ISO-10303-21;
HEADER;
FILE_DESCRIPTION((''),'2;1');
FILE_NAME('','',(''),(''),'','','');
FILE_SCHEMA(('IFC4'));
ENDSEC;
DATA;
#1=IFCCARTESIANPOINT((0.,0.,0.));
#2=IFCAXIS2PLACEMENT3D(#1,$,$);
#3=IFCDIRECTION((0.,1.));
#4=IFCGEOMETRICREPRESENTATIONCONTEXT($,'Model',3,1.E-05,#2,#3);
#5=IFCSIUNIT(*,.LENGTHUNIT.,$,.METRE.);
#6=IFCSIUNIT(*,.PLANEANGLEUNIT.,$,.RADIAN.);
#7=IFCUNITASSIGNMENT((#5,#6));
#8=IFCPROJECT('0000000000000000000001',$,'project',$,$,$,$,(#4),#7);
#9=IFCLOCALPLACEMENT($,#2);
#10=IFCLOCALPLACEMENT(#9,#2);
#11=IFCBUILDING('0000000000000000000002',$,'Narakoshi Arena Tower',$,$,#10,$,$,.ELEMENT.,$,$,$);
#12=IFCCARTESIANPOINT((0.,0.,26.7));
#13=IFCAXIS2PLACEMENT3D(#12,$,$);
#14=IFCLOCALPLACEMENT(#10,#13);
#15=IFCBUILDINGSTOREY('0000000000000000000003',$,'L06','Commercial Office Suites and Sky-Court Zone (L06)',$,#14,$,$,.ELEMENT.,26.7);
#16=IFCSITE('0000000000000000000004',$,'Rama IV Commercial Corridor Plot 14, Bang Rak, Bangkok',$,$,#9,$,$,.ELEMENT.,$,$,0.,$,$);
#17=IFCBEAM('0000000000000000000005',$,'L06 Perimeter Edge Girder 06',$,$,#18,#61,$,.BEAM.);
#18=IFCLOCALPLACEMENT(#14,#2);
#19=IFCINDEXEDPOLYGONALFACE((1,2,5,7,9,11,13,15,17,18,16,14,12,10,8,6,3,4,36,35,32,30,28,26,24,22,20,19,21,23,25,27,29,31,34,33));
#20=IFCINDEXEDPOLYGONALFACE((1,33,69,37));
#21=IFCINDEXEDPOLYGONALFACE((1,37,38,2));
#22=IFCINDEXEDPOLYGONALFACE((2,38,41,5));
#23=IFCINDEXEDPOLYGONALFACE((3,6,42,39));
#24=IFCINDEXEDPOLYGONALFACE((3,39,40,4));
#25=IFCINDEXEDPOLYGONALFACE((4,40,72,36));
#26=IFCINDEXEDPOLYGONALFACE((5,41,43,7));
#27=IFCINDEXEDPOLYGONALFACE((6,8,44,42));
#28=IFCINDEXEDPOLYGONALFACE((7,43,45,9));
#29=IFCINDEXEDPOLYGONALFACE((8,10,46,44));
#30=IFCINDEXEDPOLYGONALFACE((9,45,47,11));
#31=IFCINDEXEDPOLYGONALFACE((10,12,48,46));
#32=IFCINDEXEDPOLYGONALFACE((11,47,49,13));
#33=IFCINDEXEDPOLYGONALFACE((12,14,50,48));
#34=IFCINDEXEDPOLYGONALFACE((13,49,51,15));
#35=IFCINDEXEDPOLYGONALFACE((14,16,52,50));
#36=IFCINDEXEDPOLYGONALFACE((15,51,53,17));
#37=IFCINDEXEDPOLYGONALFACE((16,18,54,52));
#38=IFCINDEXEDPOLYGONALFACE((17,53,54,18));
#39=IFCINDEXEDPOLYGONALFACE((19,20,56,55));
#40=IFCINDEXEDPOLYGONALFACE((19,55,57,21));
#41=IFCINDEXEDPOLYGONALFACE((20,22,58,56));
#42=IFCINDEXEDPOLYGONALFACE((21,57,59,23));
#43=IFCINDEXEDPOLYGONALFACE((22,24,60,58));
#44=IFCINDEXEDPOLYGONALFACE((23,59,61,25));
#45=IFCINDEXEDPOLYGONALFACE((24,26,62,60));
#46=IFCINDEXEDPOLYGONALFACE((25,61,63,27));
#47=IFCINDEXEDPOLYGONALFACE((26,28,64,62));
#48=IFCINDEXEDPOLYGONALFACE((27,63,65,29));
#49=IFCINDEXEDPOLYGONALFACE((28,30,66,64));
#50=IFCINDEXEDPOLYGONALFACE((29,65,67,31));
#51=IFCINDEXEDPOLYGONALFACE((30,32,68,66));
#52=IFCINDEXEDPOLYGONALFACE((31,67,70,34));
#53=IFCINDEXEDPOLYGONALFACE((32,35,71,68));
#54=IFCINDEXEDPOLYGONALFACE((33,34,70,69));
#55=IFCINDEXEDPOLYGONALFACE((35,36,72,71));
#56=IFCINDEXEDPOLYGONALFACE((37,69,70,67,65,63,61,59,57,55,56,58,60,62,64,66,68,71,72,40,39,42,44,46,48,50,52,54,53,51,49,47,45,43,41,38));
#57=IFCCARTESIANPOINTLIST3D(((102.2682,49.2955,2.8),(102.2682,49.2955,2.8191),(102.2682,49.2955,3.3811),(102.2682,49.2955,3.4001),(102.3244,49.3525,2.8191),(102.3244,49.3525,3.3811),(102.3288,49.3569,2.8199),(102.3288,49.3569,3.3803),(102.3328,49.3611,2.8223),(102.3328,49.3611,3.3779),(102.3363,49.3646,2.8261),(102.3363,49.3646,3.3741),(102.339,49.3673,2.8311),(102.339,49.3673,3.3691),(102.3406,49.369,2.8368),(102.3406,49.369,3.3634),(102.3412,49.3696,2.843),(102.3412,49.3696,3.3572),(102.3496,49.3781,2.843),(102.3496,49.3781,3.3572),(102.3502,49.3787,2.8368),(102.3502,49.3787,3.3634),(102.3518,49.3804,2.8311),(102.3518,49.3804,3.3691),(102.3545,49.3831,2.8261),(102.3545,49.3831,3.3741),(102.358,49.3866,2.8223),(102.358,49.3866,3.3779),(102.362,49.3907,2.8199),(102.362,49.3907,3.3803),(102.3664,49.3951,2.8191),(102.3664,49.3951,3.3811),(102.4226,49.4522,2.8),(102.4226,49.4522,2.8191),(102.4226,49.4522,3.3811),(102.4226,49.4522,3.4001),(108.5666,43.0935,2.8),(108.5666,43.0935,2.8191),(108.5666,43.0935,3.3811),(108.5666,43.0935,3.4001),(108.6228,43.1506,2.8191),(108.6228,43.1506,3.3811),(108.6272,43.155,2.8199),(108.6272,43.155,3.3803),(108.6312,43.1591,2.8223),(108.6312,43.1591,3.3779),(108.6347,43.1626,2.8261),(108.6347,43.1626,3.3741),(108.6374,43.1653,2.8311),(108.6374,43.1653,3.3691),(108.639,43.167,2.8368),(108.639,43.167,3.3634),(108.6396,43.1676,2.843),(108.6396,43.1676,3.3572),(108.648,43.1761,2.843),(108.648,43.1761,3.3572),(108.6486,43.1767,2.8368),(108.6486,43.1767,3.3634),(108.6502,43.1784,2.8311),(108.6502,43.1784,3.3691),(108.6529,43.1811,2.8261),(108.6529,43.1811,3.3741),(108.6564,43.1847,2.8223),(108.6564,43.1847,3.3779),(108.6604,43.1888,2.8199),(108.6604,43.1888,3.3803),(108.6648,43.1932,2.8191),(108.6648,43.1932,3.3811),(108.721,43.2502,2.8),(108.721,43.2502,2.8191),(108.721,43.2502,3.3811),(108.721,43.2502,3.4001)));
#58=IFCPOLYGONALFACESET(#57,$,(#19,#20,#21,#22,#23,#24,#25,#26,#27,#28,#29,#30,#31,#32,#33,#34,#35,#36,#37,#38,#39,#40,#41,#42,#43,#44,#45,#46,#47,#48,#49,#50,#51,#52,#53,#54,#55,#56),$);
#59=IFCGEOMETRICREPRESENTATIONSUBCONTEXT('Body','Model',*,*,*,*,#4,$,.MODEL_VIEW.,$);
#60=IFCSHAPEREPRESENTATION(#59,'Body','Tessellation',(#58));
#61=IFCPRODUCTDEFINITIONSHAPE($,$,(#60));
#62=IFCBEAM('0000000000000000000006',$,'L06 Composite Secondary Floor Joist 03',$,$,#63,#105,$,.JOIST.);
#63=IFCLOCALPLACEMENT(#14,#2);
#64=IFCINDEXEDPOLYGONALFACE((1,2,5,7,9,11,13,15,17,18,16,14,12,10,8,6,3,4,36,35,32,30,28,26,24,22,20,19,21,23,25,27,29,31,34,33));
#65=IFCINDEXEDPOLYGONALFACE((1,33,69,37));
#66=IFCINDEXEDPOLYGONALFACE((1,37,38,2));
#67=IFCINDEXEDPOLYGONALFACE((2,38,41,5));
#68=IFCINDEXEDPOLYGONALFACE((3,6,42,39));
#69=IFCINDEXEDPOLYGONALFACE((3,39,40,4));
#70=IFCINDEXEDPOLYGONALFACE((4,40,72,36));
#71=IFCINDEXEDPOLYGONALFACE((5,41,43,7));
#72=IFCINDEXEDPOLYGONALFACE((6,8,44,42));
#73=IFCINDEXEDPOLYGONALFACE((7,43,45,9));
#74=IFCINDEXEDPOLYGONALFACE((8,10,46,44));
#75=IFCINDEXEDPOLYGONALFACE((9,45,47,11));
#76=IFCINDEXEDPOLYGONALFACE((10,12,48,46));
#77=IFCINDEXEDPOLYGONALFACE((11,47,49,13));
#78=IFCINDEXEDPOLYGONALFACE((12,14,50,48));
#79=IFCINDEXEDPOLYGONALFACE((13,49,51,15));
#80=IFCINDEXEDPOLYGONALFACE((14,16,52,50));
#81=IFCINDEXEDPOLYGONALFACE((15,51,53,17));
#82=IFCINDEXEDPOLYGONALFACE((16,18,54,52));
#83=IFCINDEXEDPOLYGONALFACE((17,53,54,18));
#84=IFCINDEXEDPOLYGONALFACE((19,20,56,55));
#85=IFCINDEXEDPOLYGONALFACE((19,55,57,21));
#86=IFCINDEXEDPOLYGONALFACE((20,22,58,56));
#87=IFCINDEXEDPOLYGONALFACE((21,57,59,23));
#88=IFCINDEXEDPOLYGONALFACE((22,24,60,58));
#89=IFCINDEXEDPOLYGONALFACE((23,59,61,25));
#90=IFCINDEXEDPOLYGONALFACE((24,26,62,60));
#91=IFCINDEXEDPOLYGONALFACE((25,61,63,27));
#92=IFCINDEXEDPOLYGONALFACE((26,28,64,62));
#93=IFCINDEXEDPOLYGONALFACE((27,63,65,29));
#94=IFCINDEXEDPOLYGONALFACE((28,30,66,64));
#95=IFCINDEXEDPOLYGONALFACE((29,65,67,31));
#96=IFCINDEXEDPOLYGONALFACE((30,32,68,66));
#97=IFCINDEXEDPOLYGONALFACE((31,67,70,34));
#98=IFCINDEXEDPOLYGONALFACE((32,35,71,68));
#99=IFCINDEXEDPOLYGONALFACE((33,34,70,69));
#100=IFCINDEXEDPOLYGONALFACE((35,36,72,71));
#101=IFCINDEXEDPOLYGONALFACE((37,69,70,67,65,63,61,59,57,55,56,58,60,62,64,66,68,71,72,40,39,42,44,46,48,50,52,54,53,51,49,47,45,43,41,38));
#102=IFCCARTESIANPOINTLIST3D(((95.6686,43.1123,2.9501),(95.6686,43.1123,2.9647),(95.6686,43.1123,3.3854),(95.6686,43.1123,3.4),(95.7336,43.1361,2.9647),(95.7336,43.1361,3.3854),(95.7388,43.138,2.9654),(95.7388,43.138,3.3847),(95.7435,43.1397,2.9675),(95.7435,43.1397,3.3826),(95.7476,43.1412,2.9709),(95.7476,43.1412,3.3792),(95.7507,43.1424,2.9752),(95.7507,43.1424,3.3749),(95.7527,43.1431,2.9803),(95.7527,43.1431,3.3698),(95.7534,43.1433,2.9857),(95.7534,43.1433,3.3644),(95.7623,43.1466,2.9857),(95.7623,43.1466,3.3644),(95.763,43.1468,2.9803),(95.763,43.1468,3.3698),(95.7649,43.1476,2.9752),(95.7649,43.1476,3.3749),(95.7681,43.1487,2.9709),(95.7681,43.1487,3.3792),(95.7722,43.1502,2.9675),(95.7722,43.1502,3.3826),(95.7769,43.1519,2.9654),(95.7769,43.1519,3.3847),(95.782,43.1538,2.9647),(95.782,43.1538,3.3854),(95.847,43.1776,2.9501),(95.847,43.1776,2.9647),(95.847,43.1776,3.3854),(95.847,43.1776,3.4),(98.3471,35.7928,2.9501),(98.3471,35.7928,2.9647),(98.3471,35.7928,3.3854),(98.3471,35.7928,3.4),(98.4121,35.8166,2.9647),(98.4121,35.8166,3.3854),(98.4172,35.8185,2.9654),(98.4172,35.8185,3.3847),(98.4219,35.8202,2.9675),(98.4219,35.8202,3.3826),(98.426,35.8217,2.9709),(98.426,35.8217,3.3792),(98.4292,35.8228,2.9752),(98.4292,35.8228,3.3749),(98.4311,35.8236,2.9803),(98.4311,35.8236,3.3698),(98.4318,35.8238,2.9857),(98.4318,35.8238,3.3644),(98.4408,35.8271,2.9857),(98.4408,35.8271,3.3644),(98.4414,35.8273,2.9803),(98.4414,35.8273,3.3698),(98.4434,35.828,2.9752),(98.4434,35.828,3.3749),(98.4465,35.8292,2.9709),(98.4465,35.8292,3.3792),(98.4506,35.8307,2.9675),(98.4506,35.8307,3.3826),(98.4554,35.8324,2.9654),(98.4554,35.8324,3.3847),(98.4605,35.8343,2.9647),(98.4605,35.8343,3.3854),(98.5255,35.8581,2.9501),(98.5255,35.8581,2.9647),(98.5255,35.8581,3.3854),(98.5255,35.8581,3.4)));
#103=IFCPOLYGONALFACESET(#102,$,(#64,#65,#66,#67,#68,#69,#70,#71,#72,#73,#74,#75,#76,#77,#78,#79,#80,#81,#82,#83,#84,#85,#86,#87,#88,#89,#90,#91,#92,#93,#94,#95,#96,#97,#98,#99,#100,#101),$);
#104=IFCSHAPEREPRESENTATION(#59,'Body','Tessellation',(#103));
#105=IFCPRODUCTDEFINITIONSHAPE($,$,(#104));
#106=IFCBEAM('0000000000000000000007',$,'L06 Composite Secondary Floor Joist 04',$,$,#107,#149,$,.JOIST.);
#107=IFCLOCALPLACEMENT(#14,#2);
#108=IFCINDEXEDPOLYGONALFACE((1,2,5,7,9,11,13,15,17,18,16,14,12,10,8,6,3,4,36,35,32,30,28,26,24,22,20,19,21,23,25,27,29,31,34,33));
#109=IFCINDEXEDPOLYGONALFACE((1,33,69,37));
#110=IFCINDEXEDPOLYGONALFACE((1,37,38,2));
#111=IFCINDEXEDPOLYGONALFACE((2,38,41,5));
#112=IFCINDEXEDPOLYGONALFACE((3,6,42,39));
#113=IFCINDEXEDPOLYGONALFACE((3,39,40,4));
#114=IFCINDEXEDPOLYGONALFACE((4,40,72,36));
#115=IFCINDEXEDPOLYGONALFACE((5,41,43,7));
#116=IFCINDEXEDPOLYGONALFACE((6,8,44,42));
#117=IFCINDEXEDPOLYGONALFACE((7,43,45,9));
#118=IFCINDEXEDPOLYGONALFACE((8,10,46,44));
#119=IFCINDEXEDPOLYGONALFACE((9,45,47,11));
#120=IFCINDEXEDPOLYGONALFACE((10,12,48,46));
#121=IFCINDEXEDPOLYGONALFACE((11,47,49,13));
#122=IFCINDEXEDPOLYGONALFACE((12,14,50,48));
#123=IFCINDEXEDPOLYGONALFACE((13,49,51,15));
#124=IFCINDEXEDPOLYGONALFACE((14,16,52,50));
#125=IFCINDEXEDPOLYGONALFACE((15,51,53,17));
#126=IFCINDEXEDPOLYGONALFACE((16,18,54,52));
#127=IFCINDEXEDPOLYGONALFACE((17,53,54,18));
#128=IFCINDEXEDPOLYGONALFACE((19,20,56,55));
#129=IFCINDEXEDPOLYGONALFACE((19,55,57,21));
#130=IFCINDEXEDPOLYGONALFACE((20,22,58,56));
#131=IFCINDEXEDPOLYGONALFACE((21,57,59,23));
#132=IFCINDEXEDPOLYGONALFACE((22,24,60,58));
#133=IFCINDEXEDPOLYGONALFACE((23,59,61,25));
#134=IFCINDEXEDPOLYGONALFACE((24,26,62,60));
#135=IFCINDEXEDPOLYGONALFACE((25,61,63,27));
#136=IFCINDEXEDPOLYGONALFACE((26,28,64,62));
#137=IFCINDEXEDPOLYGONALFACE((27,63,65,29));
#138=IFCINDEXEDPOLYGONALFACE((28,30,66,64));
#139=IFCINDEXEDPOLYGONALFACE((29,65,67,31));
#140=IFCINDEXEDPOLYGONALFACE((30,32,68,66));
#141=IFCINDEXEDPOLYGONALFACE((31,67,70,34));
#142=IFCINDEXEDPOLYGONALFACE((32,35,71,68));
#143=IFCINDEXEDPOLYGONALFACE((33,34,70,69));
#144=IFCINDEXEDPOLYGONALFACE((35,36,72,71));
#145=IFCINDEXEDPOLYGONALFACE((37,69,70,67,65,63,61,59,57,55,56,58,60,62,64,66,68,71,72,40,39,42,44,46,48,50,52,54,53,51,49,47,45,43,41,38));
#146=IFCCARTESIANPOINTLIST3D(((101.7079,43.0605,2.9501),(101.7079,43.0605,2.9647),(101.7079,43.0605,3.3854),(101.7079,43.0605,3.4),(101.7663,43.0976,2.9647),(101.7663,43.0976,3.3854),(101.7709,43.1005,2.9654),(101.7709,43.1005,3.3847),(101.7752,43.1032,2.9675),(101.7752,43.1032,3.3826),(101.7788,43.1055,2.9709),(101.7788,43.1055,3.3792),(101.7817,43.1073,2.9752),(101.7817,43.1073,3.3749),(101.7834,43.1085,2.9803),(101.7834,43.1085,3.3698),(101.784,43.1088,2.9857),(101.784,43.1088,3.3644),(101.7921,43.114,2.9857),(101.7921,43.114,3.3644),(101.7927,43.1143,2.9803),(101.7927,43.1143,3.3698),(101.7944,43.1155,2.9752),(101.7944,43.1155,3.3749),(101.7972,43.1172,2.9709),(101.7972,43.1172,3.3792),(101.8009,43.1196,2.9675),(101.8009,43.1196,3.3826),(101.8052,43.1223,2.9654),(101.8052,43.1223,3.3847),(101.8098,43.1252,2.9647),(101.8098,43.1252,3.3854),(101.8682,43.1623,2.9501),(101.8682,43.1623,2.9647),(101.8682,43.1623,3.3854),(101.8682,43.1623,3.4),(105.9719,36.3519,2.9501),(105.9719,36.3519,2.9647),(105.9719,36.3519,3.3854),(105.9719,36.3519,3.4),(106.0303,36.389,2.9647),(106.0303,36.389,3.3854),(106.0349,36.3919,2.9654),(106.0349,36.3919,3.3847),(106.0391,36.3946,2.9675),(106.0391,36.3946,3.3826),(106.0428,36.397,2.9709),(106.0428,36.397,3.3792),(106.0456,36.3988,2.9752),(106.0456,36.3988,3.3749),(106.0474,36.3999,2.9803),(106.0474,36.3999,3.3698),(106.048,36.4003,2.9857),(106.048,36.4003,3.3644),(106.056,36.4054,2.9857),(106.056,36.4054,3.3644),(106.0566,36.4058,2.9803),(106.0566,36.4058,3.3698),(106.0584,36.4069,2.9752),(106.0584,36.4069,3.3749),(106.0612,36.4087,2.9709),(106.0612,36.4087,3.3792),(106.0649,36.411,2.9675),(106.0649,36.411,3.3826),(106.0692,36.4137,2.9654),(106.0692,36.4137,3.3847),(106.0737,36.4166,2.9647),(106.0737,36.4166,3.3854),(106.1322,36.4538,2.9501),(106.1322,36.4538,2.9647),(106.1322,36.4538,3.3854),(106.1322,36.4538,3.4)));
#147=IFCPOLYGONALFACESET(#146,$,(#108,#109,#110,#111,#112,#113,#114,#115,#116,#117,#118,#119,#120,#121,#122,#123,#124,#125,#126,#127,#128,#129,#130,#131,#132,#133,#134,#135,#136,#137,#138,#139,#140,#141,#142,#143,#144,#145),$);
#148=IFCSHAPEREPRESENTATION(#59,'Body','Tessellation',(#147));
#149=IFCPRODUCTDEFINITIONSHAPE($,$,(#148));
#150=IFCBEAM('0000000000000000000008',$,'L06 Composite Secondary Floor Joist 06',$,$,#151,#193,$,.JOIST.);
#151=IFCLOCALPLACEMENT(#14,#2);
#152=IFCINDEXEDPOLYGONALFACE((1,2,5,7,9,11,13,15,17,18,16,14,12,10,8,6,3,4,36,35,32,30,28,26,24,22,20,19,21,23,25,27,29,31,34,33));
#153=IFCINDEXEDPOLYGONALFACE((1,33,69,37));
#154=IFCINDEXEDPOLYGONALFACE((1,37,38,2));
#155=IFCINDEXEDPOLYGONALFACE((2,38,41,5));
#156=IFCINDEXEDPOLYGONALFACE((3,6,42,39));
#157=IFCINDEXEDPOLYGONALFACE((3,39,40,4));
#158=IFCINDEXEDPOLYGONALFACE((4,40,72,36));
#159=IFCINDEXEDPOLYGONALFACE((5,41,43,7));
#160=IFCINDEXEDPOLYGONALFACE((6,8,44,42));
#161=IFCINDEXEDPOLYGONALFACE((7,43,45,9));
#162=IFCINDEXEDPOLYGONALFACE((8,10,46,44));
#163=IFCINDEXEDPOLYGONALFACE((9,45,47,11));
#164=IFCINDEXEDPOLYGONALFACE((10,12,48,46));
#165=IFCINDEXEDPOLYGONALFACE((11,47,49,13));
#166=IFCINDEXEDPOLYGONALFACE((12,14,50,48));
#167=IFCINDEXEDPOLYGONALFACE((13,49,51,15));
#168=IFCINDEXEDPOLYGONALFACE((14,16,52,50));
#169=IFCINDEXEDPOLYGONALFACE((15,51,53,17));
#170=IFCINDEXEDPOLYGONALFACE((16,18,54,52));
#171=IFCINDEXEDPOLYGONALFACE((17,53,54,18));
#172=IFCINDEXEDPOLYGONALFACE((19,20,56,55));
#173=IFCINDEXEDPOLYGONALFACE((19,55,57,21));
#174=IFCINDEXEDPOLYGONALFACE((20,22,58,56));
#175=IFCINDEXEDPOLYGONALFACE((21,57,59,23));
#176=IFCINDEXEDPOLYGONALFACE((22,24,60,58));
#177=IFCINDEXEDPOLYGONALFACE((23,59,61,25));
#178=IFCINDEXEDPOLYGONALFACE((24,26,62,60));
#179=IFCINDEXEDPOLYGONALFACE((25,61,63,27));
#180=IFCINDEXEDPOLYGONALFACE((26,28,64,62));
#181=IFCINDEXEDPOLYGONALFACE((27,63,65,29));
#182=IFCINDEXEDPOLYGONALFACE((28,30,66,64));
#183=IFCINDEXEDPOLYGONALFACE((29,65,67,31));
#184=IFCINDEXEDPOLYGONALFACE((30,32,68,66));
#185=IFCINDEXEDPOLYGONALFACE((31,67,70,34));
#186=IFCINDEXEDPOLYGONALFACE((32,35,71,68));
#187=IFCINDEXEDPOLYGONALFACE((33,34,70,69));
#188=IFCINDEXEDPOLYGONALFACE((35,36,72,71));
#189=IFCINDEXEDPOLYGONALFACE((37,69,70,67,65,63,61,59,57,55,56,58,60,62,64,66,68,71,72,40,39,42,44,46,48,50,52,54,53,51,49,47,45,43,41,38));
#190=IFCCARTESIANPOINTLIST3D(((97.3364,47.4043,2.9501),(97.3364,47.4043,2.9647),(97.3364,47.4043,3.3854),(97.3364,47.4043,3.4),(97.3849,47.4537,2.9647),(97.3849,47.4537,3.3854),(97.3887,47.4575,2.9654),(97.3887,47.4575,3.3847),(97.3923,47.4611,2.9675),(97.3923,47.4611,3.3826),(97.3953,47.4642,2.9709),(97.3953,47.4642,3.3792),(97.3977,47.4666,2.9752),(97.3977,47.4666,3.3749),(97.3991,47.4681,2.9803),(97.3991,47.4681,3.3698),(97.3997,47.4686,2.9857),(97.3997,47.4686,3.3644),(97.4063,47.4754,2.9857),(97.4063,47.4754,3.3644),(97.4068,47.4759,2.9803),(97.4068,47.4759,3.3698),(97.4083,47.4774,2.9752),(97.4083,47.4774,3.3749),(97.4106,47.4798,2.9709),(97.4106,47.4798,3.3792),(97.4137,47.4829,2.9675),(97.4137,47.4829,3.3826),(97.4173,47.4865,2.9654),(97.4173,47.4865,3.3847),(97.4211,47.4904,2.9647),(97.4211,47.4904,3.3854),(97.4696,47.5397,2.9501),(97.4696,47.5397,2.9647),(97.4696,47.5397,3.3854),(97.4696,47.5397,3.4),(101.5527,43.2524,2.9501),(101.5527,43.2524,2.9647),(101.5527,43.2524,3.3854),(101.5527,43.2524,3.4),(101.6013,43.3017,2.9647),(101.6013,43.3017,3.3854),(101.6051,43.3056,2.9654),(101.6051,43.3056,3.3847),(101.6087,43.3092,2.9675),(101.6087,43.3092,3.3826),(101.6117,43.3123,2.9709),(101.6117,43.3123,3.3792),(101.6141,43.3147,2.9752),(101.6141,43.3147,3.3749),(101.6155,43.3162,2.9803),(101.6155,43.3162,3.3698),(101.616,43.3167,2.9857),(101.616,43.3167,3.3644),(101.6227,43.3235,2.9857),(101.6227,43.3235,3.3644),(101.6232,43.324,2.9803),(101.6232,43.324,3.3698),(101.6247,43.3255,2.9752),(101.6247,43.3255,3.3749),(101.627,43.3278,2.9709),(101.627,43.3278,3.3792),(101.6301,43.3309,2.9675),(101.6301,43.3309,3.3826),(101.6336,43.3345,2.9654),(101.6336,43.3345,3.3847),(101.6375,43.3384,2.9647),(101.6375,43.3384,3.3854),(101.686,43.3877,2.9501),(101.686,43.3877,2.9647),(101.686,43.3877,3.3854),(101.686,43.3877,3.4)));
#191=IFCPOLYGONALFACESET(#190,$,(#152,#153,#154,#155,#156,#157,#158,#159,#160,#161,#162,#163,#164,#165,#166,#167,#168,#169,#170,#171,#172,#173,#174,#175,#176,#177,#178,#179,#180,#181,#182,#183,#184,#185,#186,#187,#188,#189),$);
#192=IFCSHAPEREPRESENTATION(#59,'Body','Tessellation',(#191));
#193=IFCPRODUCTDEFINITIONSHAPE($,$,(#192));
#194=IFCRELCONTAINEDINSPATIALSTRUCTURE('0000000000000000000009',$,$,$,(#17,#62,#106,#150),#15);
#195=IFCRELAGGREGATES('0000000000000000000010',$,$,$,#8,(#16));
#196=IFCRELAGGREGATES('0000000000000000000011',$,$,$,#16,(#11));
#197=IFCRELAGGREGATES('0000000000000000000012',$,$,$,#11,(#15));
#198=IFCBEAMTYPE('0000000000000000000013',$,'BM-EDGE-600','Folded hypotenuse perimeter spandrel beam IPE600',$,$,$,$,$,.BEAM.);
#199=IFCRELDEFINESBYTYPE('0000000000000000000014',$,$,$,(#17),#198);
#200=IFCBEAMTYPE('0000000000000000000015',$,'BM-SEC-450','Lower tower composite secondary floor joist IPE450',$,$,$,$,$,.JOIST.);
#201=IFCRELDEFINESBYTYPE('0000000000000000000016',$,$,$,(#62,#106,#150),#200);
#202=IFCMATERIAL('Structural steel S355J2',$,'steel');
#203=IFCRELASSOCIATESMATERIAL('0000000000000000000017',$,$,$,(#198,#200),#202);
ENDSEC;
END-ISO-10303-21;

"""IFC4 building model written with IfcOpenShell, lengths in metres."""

from ifc_helpers import new_model, si_unit, direction, frame, origin, origin_2d, place, context, subcontext, project, spatial, i_section, extrude, material, material_profile, profile_set, type_object, element, save


model = new_model("IFC4")

# Units and contexts
model_context = context("Model", 3, precision=1e-05, world=origin(), true_north=direction((0.0, 1.0)))
body_context = subcontext(model_context, "Body", "Model", "MODEL_VIEW")
ifc_project = project(units=[si_unit("LENGTHUNIT", "METRE"), si_unit("PLANEANGLEUNIT", "RADIAN")], contexts=[model_context])

# Site, building, storey
site_placement = place(None, origin())
site = spatial("IfcSite", under=ifc_project, at=site_placement, Name="Rama IV Commercial Corridor Plot 14, Bang Rak, Bangkok", CompositionType="ELEMENT", RefElevation=0.0)
building_placement = place(site_placement, origin())
building = spatial("IfcBuilding", under=site, at=building_placement, Name="Narakoshi Arena Tower", CompositionType="ELEMENT")
storey_placement = place(building_placement, frame((0.0, 0.0, 26.7)))
storey = spatial("IfcBuildingStorey", under=building, at=storey_placement, Name="L06", Description="Commercial Office Suites and Sky-Court Zone (L06)", CompositionType="ELEMENT", Elevation=26.7)

# Beams
ifc_material_1 = material(Name="Structural steel S355J2", Category="steel")
ifc_material_profile_1 = material_profile(ifc_material_1, i_section(OverallWidth=0.22, OverallDepth=0.6001, WebThickness=0.012, FlangeThickness=0.019, FilletRadius=0.0239, at=origin_2d()), Name="IPE600")
ifc_profile_set_1 = profile_set([ifc_material_profile_1], Name="Structural steel S355J2")
beam_type_1 = type_object("IfcBeamType", Name="BM-EDGE-600", Description="Folded hypotenuse perimeter spandrel beam IPE600", PredefinedType="BEAM", material=ifc_profile_set_1)
for number, where, z_axis, x_axis, name in (
    (1, (108.6438, 43.1719, 3.1001), (-0.712541, 0.701631, 0.0), (-0.701631, -0.712541, 0.0), "L06 Perimeter Edge Girder 06"),
):
    element("IfcBeam", number, at=place(storey_placement, frame(where, z_axis=z_axis, x_axis=x_axis)), inside=storey, type_object=beam_type_1, Name=name, PredefinedType="BEAM", context=body_context, shape_type="SweptSolid", body=[
        extrude(i_section(OverallWidth=0.22, OverallDepth=0.6001, WebThickness=0.012, FlangeThickness=0.019, FilletRadius=0.0239, at=origin_2d()), origin(), (0.0, 0.0, 1.0), 8.8394),
    ])
ifc_material_profile_2 = material_profile(ifc_material_1, i_section(OverallWidth=0.1899, OverallDepth=0.45, WebThickness=0.0095, FlangeThickness=0.0146, FilletRadius=0.021, at=origin_2d()), Name="IPE450")
ifc_profile_set_2 = profile_set([ifc_material_profile_2], Name="Structural steel S355J2")
beam_type_2 = type_object("IfcBeamType", Name="BM-SEC-450", Description="Lower tower composite secondary floor joist IPE450", PredefinedType="JOIST", material=ifc_profile_set_2)
beam_1_placement = place(storey_placement, frame((98.4363, 35.8254, 3.175), z_axis=(-0.343646, 0.939099, 0.0), x_axis=(-0.939099, -0.343646, 0.0)))
element("IfcBeam", 2, at=beam_1_placement, inside=storey, type_object=beam_type_2, Name="L06 Composite Secondary Floor Joist 03", PredefinedType="JOIST", context=body_context, shape_type="SweptSolid", body=[
    extrude(i_section(OverallWidth=0.1899, OverallDepth=0.45, WebThickness=0.0095, FlangeThickness=0.0146, FilletRadius=0.021, at=origin_2d()), origin(), (0.0, 0.0, 1.0), 7.7942),
])
beam_2_placement = place(storey_placement, frame((106.052, 36.4028, 3.175), z_axis=(-0.536416, 0.843954, 0.0), x_axis=(-0.843954, -0.536416, 0.0)))
element("IfcBeam", 3, at=beam_2_placement, inside=storey, type_object=beam_type_2, Name="L06 Composite Secondary Floor Joist 04", PredefinedType="JOIST", context=body_context, shape_type="SweptSolid", body=[
    extrude(i_section(OverallWidth=0.1899, OverallDepth=0.45, WebThickness=0.0095, FlangeThickness=0.0146, FilletRadius=0.021, at=origin_2d()), origin(), (0.0, 0.0, 1.0), 7.949),
])
beam_3_placement = place(storey_placement, frame((101.6194, 43.3201, 3.175), z_axis=(-0.712532, 0.70164, 0.0), x_axis=(-0.70164, -0.712532, 0.0)))
element("IfcBeam", 4, at=beam_3_placement, inside=storey, type_object=beam_type_2, Name="L06 Composite Secondary Floor Joist 06", PredefinedType="JOIST", context=body_context, shape_type="SweptSolid", body=[
    extrude(i_section(OverallWidth=0.1899, OverallDepth=0.45, WebThickness=0.0095, FlangeThickness=0.0146, FilletRadius=0.021, at=origin_2d()), origin(), (0.0, 0.0, 1.0), 5.9175),
])

save(model, "model.ifc")
